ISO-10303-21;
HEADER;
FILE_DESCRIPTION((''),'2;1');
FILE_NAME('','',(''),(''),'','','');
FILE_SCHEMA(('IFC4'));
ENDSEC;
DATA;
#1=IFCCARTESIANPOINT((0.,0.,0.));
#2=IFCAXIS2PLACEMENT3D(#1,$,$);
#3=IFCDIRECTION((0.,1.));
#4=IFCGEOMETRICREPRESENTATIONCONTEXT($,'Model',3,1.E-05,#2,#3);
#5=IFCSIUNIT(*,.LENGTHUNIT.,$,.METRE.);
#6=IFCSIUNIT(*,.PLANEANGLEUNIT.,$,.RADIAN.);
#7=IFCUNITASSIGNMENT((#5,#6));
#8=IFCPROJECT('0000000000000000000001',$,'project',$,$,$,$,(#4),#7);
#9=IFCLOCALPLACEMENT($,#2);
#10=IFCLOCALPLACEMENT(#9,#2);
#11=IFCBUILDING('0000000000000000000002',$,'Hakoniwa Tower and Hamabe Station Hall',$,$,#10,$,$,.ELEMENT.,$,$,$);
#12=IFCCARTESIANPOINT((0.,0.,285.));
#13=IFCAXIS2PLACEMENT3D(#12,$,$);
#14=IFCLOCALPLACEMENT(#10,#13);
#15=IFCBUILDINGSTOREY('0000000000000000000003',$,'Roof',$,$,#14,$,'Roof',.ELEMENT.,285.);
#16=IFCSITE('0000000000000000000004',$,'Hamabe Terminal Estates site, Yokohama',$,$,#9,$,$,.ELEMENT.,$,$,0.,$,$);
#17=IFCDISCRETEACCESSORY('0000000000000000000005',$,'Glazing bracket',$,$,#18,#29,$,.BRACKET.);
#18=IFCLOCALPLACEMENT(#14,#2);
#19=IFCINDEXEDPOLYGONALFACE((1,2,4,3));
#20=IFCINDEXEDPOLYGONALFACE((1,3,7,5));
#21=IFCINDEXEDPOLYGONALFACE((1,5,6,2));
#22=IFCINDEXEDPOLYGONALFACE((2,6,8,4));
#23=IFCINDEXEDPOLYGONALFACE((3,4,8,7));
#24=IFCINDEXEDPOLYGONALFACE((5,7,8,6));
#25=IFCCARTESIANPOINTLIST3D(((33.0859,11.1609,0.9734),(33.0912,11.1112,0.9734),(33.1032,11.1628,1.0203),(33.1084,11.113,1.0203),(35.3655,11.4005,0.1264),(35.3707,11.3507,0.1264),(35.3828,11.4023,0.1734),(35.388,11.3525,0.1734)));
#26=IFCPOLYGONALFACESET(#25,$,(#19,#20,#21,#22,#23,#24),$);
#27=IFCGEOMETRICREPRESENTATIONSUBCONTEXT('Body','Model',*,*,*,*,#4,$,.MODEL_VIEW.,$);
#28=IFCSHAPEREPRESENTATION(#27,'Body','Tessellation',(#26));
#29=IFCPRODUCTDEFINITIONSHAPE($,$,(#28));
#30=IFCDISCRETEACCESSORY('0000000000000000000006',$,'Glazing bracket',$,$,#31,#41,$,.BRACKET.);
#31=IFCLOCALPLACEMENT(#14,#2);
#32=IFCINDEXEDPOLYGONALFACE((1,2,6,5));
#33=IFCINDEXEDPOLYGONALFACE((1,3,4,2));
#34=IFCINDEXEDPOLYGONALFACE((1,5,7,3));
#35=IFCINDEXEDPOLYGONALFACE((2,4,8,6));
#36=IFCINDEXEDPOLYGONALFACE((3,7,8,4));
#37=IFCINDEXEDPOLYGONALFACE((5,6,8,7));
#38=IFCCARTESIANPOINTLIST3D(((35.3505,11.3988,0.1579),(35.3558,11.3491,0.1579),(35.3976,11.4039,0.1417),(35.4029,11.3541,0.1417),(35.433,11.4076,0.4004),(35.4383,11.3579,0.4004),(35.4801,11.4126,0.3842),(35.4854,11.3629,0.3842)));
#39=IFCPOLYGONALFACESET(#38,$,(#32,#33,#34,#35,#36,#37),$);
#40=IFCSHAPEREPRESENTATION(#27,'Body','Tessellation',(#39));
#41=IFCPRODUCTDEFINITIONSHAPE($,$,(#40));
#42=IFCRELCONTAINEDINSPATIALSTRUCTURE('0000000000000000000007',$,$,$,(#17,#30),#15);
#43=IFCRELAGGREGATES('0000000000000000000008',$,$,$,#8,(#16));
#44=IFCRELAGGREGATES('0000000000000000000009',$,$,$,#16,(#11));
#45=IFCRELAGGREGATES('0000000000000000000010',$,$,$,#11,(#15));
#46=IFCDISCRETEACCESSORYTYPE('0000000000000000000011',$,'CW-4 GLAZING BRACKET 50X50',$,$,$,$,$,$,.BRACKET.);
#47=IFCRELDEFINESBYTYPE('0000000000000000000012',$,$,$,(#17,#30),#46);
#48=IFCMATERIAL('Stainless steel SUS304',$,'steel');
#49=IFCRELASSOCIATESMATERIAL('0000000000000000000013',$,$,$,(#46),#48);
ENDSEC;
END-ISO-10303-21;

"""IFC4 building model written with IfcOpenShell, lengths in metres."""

from ifc_helpers import new_model, si_unit, direction, frame, origin, origin_2d, place, context, subcontext, project, spatial, rectangle, extrude, material, material_profile, profile_set, type_object, element, save


model = new_model("IFC4")

# Units and contexts
model_context = context("Model", 3, precision=1e-05, world=origin(), true_north=direction((0.0, 1.0)))
body_context = subcontext(model_context, "Body", "Model", "MODEL_VIEW")
ifc_project = project(units=[si_unit("LENGTHUNIT", "METRE"), si_unit("PLANEANGLEUNIT", "RADIAN")], contexts=[model_context])

# Site, building, storey
site_placement = place(None, origin())
site = spatial("IfcSite", under=ifc_project, at=site_placement, Name="Hamabe Terminal Estates site, Yokohama", CompositionType="ELEMENT", RefElevation=0.0)
building_placement = place(site_placement, origin())
building = spatial("IfcBuilding", under=site, at=building_placement, Name="Hakoniwa Tower and Hamabe Station Hall", CompositionType="ELEMENT")
storey_placement = place(building_placement, frame((0.0, 0.0, 285.0)))
storey = spatial("IfcBuildingStorey", under=building, at=storey_placement, Name="Roof", LongName="Roof", CompositionType="ELEMENT", Elevation=285.0)

# Discrete accessories
ifc_material_1 = material(Name="Stainless steel SUS304", Category="steel")
ifc_material_profile_1 = material_profile(ifc_material_1, rectangle(XDim=0.05, YDim=0.05, at=origin_2d()), Name="CW-4 GLAZING BRACKET 50X50")
ifc_profile_set_1 = profile_set([ifc_material_profile_1], Name="Stainless steel SUS304")
discrete_accessory_type = type_object("IfcDiscreteAccessoryType", Name="CW-4 GLAZING BRACKET 50X50", PredefinedType="BRACKET", material=ifc_profile_set_1)
discrete_accessory_1_placement = place(storey_placement, frame((33.0972, 11.137, 0.9968), z_axis=(0.93288, 0.098014, -0.346595), x_axis=(-0.104491, 0.994526, 0.0)))
element("IfcDiscreteAccessory", 1, at=discrete_accessory_1_placement, inside=storey, type_object=discrete_accessory_type, Name="Glazing bracket", PredefinedType="BRACKET", context=body_context, shape_type="SweptSolid", body=[
    extrude(rectangle(XDim=0.05, YDim=0.05, at=origin_2d()), origin(), (0.0, 0.0, 1.0), 2.4436),
])
discrete_accessory_2_placement = place(storey_placement, frame((35.4592, 11.3853, 0.3923), z_axis=(-0.322038, -0.0343, -0.946105), x_axis=(0.10591, -0.994376, 0.0)))
element("IfcDiscreteAccessory", 2, at=discrete_accessory_2_placement, inside=storey, type_object=discrete_accessory_type, Name="Glazing bracket", PredefinedType="BRACKET", context=body_context, shape_type="SweptSolid", body=[
    extrude(rectangle(XDim=0.05, YDim=0.05, at=origin_2d()), origin(), (0.0, 0.0, 1.0), 0.2563),
])

save(model, "model.ifc")
